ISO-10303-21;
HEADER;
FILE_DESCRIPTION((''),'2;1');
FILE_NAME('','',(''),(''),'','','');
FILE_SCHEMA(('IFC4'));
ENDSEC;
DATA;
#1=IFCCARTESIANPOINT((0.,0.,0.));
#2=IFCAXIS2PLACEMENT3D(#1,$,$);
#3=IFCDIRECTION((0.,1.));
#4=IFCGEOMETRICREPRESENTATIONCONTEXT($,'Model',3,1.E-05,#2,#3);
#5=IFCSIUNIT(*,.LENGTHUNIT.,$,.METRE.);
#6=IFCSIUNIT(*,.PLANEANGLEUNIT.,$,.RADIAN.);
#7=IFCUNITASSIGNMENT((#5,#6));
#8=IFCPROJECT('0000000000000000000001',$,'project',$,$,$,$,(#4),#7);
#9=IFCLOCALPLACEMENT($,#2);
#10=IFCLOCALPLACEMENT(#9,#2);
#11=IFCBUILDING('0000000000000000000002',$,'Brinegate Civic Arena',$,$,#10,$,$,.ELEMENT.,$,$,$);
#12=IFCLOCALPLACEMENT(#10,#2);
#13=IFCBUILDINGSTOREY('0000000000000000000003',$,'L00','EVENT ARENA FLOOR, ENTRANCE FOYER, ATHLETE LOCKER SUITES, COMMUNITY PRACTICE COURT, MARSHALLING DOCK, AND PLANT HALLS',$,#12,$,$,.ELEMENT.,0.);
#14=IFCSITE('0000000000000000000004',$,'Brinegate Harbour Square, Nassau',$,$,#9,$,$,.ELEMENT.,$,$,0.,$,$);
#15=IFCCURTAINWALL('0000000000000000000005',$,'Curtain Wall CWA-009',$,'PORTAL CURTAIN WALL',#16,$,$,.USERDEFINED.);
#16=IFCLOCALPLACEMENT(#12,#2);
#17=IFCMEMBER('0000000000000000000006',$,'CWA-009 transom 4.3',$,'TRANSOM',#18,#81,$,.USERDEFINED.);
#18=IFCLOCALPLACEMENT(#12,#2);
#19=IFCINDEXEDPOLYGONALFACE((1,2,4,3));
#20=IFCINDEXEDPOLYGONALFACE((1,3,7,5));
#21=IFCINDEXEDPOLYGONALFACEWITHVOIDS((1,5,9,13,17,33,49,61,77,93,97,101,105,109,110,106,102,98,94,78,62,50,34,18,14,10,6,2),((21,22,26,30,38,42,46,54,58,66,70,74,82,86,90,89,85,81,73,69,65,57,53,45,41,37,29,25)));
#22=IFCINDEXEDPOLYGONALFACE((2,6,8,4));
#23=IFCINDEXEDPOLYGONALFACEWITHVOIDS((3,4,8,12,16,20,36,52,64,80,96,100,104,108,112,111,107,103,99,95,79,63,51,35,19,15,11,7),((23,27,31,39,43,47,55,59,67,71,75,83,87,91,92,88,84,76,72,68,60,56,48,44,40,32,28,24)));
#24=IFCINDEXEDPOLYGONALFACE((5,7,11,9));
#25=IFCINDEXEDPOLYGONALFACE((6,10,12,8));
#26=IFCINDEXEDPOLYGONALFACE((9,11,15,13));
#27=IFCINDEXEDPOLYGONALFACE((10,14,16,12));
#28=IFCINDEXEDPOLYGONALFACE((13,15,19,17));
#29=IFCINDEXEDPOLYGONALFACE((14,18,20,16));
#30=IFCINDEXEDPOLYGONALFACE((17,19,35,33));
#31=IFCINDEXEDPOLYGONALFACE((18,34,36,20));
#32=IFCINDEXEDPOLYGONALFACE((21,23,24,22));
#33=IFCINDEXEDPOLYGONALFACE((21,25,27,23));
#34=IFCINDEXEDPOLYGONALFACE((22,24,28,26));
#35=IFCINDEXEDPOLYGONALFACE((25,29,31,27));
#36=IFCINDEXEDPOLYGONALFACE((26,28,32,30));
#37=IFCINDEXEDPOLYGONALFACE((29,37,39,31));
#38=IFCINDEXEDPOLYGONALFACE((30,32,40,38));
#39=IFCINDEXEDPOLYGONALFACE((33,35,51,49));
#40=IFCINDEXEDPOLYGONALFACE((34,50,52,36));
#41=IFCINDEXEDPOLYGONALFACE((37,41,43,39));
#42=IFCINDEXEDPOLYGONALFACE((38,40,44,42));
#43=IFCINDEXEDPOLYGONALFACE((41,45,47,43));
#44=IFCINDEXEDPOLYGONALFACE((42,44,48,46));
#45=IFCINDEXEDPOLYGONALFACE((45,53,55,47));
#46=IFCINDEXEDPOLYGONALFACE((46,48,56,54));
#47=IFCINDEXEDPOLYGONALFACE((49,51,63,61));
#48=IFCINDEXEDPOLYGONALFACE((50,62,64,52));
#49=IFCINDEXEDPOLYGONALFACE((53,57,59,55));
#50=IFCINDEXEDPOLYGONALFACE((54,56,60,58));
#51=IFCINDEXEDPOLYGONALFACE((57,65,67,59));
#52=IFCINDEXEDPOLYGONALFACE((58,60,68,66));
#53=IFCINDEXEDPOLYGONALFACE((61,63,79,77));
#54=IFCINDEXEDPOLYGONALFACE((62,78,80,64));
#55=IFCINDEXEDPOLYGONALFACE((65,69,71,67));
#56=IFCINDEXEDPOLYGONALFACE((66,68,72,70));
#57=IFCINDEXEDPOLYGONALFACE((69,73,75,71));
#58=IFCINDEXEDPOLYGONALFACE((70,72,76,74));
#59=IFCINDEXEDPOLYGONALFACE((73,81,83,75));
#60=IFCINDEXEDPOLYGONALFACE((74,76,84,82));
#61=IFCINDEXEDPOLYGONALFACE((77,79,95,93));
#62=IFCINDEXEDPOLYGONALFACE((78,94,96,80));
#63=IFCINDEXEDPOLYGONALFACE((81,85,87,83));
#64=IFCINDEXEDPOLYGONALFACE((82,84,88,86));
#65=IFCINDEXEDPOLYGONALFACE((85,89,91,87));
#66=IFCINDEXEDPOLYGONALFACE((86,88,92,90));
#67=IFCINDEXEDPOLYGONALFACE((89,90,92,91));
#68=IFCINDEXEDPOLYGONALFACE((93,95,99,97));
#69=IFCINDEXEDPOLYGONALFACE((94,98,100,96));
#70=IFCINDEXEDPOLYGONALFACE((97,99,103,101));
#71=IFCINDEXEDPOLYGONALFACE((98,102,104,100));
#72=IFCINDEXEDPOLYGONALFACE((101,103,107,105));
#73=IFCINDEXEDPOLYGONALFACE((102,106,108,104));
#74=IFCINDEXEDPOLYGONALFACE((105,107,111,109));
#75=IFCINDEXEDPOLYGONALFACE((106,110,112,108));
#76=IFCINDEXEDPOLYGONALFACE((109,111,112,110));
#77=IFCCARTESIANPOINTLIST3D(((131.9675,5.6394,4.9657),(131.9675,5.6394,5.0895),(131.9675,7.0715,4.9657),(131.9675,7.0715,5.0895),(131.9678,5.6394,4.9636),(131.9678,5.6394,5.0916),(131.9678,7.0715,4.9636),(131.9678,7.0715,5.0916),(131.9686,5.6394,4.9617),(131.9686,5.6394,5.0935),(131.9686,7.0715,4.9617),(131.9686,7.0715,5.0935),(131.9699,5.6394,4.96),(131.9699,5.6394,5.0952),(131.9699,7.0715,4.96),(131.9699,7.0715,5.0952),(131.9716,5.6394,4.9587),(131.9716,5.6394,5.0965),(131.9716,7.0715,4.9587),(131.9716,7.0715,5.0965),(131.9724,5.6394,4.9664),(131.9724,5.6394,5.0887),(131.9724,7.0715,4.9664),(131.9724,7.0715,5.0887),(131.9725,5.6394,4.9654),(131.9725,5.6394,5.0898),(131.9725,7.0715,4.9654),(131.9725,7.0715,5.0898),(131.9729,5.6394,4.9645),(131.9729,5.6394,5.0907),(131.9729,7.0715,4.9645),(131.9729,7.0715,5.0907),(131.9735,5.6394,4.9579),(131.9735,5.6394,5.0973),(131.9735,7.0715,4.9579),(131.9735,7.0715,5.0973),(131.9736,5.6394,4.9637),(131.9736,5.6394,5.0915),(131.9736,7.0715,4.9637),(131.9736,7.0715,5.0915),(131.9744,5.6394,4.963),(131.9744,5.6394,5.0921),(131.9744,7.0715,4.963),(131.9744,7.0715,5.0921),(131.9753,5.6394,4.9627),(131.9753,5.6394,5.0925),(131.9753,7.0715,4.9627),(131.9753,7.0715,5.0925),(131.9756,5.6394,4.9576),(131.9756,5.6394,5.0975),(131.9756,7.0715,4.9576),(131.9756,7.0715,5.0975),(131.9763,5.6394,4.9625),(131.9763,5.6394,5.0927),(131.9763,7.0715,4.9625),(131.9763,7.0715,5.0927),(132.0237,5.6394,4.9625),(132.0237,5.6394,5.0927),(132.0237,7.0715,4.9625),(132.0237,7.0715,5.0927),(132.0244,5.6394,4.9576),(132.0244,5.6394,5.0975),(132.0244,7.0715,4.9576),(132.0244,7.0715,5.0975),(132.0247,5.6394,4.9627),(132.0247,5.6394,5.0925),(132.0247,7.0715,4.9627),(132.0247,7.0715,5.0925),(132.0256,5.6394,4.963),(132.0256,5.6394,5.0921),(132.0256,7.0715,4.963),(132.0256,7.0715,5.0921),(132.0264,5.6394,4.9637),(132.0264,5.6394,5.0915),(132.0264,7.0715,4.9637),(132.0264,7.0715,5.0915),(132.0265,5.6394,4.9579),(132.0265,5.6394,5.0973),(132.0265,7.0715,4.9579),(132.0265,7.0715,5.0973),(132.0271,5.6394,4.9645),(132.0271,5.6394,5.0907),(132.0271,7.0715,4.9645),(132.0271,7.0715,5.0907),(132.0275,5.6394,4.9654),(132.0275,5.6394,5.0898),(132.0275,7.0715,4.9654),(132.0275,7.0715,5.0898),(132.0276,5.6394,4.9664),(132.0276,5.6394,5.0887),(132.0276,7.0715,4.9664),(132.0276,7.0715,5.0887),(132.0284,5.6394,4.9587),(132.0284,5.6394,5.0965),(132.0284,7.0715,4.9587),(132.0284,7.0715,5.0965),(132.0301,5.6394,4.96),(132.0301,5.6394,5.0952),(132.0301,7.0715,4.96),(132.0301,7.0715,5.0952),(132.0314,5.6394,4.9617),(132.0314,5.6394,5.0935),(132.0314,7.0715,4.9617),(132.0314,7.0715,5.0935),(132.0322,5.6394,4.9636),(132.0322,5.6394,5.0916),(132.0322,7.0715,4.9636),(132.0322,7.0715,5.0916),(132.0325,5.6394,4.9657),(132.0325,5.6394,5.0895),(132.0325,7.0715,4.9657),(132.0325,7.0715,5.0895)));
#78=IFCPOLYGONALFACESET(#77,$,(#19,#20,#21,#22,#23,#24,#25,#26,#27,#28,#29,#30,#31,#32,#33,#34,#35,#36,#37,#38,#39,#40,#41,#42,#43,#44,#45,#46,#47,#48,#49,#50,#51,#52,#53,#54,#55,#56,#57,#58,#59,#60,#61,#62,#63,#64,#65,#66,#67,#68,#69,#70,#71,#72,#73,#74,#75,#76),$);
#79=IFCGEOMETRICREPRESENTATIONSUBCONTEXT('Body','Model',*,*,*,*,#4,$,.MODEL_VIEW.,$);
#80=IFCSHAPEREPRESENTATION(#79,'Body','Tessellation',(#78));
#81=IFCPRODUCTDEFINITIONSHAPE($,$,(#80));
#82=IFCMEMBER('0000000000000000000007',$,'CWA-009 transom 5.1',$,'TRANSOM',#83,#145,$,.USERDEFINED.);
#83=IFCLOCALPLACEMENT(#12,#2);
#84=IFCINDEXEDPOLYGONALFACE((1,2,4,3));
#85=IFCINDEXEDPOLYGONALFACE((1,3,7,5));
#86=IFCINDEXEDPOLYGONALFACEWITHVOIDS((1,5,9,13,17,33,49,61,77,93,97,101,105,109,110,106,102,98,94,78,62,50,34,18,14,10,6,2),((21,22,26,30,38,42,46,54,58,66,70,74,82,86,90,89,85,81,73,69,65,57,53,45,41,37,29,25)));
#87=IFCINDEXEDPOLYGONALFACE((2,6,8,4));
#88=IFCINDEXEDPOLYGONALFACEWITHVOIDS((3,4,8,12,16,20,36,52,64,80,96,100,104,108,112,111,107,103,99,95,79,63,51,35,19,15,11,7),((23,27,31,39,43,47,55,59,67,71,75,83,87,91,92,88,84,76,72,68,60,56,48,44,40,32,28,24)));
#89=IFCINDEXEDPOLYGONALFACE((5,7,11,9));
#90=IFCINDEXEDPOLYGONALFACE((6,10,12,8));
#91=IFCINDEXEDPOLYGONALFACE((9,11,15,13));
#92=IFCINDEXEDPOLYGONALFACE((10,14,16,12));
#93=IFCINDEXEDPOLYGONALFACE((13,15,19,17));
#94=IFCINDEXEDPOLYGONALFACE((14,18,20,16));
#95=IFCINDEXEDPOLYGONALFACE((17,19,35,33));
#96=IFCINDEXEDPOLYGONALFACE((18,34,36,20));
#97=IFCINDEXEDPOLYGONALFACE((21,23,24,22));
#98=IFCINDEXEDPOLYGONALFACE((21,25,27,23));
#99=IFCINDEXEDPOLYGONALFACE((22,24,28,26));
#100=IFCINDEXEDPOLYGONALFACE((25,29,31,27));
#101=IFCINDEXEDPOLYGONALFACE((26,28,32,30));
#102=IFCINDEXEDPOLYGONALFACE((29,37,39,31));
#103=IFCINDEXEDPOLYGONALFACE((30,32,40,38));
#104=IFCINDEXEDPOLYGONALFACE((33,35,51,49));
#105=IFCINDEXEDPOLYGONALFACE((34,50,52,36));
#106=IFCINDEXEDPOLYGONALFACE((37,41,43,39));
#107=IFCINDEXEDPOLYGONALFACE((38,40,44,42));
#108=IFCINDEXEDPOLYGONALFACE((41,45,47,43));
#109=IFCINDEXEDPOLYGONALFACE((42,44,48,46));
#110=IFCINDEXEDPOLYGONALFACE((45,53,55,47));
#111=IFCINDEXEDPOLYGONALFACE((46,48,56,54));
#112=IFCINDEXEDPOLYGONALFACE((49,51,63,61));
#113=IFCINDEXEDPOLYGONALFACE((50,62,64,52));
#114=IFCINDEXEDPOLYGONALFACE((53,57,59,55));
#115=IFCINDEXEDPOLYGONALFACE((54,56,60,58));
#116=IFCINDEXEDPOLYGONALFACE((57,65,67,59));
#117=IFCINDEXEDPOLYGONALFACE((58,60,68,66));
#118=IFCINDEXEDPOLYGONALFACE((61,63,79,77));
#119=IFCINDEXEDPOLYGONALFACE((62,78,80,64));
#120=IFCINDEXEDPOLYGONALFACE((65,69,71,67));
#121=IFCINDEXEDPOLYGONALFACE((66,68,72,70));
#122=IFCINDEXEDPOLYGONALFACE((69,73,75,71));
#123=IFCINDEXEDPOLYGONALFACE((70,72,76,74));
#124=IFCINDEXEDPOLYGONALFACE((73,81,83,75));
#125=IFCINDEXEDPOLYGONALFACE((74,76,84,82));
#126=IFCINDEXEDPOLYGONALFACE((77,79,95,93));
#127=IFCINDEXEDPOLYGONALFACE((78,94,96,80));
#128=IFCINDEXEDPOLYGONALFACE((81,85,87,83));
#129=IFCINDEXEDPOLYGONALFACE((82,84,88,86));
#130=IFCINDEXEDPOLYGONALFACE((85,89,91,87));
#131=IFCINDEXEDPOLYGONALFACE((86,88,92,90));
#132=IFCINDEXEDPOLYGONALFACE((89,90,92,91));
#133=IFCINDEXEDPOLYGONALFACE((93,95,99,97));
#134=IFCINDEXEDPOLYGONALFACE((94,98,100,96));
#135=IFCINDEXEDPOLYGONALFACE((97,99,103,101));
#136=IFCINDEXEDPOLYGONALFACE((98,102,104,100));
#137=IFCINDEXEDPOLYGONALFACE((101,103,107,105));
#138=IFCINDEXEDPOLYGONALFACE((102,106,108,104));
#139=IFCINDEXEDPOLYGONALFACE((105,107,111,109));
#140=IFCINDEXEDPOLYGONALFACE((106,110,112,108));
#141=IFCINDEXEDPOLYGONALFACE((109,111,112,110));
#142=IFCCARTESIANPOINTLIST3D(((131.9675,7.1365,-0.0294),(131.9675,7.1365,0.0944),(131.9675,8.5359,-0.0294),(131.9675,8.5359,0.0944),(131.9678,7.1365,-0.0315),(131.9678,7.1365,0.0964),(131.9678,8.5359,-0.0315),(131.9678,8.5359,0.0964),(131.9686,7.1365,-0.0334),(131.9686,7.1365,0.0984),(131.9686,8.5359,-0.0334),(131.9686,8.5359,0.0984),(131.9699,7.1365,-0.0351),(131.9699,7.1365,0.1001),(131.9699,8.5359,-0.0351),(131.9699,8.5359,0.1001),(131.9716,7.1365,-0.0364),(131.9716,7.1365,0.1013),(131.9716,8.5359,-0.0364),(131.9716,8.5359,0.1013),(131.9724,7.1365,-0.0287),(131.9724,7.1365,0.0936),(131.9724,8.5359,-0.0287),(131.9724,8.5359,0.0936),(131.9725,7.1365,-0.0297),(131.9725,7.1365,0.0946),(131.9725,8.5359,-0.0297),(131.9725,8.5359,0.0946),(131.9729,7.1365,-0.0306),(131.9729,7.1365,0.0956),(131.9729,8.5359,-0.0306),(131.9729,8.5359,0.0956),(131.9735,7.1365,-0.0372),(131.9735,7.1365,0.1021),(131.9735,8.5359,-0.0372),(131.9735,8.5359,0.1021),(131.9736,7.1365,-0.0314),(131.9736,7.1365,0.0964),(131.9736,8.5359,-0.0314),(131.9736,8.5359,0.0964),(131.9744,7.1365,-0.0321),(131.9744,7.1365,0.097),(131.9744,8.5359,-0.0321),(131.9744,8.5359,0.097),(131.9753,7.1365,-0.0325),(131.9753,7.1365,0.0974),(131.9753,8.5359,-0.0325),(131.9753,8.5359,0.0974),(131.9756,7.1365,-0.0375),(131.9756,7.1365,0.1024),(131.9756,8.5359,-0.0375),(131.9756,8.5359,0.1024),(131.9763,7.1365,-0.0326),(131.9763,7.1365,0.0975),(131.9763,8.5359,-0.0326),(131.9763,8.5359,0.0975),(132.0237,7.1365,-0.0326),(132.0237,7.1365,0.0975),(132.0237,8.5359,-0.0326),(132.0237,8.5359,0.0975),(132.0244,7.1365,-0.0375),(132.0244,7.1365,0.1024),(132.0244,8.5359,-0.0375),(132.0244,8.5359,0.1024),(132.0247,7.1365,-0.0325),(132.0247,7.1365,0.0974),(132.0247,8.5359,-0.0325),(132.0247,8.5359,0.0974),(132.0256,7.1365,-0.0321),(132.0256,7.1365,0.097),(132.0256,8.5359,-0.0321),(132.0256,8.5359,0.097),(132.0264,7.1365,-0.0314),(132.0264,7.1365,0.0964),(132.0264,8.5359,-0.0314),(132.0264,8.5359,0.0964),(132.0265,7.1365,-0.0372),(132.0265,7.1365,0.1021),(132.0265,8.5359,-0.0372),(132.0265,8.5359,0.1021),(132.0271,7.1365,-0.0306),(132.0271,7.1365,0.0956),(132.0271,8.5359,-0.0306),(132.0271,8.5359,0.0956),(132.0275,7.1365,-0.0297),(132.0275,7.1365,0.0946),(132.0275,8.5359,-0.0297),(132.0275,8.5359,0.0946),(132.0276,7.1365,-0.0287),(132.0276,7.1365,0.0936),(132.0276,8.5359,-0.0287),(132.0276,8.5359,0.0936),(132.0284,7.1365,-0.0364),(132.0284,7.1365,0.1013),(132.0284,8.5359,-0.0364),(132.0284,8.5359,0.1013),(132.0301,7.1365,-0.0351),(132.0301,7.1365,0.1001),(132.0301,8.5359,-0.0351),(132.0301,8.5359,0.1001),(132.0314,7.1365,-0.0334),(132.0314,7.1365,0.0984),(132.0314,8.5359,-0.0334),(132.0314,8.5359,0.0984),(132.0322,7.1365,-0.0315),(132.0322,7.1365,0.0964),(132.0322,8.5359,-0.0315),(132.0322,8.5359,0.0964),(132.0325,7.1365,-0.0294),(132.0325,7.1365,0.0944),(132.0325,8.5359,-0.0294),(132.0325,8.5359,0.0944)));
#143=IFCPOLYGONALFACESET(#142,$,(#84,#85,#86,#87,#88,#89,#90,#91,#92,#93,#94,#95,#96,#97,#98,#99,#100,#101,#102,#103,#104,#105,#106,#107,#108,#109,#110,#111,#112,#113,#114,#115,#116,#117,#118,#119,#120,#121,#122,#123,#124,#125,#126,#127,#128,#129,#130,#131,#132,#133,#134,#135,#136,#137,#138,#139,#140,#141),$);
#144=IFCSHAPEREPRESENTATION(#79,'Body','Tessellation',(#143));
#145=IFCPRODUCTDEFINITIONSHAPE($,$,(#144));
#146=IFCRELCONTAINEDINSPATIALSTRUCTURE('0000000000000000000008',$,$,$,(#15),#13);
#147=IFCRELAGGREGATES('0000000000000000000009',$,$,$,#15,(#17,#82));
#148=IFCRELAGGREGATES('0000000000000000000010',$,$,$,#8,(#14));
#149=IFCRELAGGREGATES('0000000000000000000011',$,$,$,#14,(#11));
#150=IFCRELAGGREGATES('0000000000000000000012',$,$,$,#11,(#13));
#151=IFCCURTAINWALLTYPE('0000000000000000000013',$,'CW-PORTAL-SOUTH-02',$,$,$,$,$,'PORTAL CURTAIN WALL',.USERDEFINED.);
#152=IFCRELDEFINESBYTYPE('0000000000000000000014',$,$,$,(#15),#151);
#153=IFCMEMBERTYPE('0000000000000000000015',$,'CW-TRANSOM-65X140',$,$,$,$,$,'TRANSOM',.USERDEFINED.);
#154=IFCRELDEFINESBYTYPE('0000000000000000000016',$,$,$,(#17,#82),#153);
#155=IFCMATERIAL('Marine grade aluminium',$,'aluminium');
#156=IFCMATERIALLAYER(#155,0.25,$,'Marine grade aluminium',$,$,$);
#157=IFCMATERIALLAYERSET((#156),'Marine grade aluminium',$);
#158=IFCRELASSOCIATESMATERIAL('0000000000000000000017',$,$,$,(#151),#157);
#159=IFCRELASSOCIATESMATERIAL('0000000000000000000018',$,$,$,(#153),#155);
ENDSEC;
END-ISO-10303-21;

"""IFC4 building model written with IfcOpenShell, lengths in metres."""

from ifc_helpers import new_model, si_unit, direction, frame, origin, origin_2d, place, context, subcontext, project, spatial, hollow_rectangle, extrude, material, layer, layer_set, material_profile, profile_set, type_object, element, aggregate, save


model = new_model("IFC4")

# Units and contexts
model_context = context("Model", 3, precision=1e-05, world=origin(), true_north=direction((0.0, 1.0)))
body_context = subcontext(model_context, "Body", "Model", "MODEL_VIEW")
ifc_project = project(units=[si_unit("LENGTHUNIT", "METRE"), si_unit("PLANEANGLEUNIT", "RADIAN")], contexts=[model_context])

# Site, building, storey
site_placement = place(None, origin())
site = spatial("IfcSite", under=ifc_project, at=site_placement, Name="Brinegate Harbour Square, Nassau", CompositionType="ELEMENT", RefElevation=0.0)
building_placement = place(site_placement, origin())
building = spatial("IfcBuilding", under=site, at=building_placement, Name="Brinegate Civic Arena", CompositionType="ELEMENT")
storey_placement = place(building_placement, origin())
storey = spatial("IfcBuildingStorey", under=building, at=storey_placement, Name="L00", Description="EVENT ARENA FLOOR, ENTRANCE FOYER, ATHLETE LOCKER SUITES, COMMUNITY PRACTICE COURT, MARSHALLING DOCK, AND PLANT HALLS", CompositionType="ELEMENT", Elevation=0.0)

# Curtain wall, members
ifc_material_1 = material(Name="Marine grade aluminium", Category="aluminium")
ifc_layer_1 = layer(ifc_material_1, 0.25, Name="Marine grade aluminium")
ifc_layer_set_1 = layer_set([ifc_layer_1], Name="Marine grade aluminium")
curtain_wall_type = type_object("IfcCurtainWallType", Name="CW-PORTAL-SOUTH-02", ElementType="PORTAL CURTAIN WALL", PredefinedType="USERDEFINED", material=ifc_layer_set_1)
curtain_wall_placement = place(storey_placement, origin())
curtain_wall = element("IfcCurtainWall", 1, at=curtain_wall_placement, inside=storey, type_object=curtain_wall_type, Name="Curtain Wall CWA-009", ObjectType="PORTAL CURTAIN WALL", PredefinedType="USERDEFINED")
ifc_material_profile_1 = material_profile(ifc_material_1, hollow_rectangle(XDim=0.0649, YDim=0.1399, WallThickness=0.0049, InnerFilletRadius=0.0039, OuterFilletRadius=0.0081, at=origin_2d()), Name="TRN65X140")
ifc_profile_set_1 = profile_set([ifc_material_profile_1], Name="Marine grade aluminium")
member_type_1 = type_object("IfcMemberType", Name="CW-TRANSOM-65X140", ElementType="TRANSOM", PredefinedType="USERDEFINED", material=ifc_profile_set_1)
member_1_placement = place(storey_placement, frame((132.0, 5.6394, 5.0276), z_axis=(0.0, 1.0, 0.0), x_axis=(-1.0, 0.0, 0.0)))
member_1 = element("IfcMember", 2, at=member_1_placement, type_object=member_type_1, Name="CWA-009 transom 4.3", ObjectType="TRANSOM", PredefinedType="USERDEFINED", context=body_context, shape_type="SweptSolid", body=[
    extrude(hollow_rectangle(XDim=0.0649, YDim=0.1399, WallThickness=0.0049, InnerFilletRadius=0.0039, OuterFilletRadius=0.0081, at=origin_2d()), origin(), (0.0, 0.0, 1.0), 1.4321),
])
member_2_placement = place(storey_placement, frame((132.0, 7.1365, 0.0325), z_axis=(0.0, 1.0, 0.0), x_axis=(-1.0, 0.0, 0.0)))
member_2 = element("IfcMember", 3, at=member_2_placement, type_object=member_type_1, Name="CWA-009 transom 5.1", ObjectType="TRANSOM", PredefinedType="USERDEFINED", context=body_context, shape_type="SweptSolid", body=[
    extrude(hollow_rectangle(XDim=0.0649, YDim=0.1399, WallThickness=0.0049, InnerFilletRadius=0.0039, OuterFilletRadius=0.0081, at=origin_2d()), origin(), (0.0, 0.0, 1.0), 1.3994),
])
aggregate(curtain_wall, [member_1, member_2])

save(model, "model.ifc")
